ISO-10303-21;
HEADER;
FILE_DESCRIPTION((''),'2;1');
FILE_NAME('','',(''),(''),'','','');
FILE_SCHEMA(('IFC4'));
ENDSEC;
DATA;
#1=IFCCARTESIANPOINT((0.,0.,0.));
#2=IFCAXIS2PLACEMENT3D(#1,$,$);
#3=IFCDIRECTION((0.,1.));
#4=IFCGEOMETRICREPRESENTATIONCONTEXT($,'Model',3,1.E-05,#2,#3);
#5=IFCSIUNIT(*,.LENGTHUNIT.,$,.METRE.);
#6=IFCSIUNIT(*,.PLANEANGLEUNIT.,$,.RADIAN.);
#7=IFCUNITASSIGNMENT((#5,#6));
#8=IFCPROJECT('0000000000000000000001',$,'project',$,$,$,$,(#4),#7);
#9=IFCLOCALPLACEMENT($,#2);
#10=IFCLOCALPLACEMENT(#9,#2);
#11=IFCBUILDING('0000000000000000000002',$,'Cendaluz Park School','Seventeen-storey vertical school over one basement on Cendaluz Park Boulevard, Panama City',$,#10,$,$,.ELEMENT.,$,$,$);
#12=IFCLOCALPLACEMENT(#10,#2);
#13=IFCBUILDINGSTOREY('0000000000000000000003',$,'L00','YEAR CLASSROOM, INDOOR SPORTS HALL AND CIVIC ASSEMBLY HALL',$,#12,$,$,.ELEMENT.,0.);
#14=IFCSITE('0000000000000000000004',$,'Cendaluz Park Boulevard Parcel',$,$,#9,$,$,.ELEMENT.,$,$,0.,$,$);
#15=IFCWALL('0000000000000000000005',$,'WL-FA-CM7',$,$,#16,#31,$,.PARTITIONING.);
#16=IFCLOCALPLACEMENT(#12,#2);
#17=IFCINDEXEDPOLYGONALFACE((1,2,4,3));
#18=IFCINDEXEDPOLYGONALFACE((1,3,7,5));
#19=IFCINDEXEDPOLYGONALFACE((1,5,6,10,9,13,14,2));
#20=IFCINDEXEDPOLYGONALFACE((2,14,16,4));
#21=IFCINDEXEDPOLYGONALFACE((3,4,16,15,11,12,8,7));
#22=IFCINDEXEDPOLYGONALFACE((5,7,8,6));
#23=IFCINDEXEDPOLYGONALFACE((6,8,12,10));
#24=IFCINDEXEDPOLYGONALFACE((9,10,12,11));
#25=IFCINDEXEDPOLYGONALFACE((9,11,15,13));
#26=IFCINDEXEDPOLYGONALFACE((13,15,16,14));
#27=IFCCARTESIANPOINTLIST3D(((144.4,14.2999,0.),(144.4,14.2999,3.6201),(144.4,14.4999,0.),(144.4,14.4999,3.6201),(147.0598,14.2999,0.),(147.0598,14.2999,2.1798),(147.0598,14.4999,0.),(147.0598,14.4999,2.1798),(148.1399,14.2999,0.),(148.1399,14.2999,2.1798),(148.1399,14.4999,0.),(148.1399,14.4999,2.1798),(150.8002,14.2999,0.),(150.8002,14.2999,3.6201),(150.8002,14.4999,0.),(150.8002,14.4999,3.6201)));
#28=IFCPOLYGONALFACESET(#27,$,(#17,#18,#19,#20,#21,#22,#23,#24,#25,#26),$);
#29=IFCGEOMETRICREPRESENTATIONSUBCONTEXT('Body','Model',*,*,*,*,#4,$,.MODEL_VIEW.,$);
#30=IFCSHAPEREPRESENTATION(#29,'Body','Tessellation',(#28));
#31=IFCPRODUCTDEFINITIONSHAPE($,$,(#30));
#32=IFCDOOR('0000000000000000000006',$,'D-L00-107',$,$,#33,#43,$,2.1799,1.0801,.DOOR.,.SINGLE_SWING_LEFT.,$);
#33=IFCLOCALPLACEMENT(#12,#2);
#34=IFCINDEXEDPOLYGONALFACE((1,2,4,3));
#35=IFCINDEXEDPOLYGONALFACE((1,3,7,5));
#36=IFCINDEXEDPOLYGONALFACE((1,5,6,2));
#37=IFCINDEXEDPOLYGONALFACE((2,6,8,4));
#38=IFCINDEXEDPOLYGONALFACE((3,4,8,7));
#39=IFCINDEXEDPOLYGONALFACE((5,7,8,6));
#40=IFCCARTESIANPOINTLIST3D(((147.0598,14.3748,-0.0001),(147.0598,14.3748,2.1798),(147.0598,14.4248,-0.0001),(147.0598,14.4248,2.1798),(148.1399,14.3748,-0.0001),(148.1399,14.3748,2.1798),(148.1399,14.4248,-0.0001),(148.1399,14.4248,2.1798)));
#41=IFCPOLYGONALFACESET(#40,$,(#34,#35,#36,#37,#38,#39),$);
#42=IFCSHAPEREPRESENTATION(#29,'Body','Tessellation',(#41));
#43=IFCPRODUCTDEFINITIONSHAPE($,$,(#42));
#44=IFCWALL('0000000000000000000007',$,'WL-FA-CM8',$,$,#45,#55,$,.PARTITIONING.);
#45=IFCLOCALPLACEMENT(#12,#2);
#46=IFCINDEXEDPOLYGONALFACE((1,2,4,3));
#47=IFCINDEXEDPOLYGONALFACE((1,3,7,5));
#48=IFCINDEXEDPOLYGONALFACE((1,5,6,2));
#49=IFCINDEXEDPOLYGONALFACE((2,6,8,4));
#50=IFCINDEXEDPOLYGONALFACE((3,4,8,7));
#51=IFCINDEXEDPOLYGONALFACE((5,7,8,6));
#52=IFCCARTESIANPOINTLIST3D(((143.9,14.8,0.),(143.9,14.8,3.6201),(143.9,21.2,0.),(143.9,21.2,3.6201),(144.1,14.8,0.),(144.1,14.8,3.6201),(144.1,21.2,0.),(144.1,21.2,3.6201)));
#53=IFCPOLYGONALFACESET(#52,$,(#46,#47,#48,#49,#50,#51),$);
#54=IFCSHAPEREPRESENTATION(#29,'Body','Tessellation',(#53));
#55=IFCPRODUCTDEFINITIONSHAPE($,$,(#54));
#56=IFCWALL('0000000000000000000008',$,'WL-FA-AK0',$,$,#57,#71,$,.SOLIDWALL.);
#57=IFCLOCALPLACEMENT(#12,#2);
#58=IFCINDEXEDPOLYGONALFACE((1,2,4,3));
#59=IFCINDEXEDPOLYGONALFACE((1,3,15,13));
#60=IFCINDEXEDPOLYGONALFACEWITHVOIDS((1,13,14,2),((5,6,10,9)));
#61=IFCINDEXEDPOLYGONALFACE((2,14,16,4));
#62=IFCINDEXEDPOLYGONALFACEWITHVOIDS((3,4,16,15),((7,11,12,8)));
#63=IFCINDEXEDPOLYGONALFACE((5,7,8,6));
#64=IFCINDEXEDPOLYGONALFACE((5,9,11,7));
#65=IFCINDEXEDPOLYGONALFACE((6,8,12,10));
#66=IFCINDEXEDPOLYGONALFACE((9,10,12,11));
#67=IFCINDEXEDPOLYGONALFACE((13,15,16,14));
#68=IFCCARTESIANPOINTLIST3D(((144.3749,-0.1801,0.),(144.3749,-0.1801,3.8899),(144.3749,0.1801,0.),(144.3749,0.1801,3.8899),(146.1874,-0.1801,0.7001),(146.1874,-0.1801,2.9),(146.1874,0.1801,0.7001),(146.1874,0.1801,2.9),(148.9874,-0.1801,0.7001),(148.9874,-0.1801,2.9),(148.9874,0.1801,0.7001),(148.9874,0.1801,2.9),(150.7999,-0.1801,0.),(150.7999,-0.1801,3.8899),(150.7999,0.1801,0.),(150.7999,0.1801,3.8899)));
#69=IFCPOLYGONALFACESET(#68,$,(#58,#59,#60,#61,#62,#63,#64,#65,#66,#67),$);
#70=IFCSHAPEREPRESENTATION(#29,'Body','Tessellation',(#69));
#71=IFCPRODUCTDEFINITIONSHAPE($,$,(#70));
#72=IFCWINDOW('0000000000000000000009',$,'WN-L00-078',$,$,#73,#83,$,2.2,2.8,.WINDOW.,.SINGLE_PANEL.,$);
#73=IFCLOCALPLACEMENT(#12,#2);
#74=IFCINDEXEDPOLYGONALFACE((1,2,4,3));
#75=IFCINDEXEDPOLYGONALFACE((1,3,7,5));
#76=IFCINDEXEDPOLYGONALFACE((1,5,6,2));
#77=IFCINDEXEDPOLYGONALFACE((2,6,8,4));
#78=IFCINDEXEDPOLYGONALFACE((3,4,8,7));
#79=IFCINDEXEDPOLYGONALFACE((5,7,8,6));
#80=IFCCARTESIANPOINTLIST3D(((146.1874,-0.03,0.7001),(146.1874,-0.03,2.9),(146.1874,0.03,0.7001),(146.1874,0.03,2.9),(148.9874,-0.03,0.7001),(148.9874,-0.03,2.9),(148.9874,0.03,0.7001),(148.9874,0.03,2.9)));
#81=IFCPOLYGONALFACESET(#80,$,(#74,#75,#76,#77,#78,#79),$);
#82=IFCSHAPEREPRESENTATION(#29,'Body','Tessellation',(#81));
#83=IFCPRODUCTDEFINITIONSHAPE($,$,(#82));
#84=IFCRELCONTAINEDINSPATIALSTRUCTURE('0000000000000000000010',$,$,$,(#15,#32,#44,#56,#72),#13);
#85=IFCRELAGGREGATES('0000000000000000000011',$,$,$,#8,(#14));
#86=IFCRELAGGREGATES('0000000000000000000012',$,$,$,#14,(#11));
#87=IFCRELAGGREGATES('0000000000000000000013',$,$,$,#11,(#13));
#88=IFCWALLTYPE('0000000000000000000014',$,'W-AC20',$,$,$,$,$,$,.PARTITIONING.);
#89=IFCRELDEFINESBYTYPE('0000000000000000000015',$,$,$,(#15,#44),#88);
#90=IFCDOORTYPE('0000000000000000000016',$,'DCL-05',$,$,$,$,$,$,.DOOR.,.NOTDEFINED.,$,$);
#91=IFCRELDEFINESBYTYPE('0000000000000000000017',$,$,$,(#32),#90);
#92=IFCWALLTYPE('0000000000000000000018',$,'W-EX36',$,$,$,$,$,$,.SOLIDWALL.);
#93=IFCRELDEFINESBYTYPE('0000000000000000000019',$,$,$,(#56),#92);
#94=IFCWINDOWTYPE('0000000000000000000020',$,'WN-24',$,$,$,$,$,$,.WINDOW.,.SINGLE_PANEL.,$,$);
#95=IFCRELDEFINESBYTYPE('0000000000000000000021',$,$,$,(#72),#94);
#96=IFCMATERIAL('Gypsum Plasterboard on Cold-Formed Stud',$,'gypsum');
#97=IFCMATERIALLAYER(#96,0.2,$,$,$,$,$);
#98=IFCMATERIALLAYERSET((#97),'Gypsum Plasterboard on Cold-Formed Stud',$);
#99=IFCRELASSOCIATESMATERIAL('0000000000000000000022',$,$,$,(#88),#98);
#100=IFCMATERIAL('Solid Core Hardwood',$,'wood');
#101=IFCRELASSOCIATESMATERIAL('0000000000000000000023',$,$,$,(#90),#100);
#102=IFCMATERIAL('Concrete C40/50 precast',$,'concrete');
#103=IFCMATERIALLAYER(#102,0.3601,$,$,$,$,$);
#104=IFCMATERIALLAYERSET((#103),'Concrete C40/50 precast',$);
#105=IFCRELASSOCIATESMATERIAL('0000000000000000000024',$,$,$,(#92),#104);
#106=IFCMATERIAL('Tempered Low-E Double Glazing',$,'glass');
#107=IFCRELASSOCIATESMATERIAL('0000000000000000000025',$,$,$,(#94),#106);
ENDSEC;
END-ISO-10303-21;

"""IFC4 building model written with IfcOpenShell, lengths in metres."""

from ifc_helpers import new_model, si_unit, direction, frame, frame_2d, origin, place, context, subcontext, project, spatial, rectangle, extrude, material, layer, layer_set, type_object, element, fill, save


model = new_model("IFC4")

# Units and contexts
model_context = context("Model", 3, precision=1e-05, world=origin(), true_north=direction((0.0, 1.0)))
body_context = subcontext(model_context, "Body", "Model", "MODEL_VIEW")
ifc_project = project(units=[si_unit("LENGTHUNIT", "METRE"), si_unit("PLANEANGLEUNIT", "RADIAN")], contexts=[model_context])

# Site, building, storey
site_placement = place(None, origin())
site = spatial("IfcSite", under=ifc_project, at=site_placement, Name="Cendaluz Park Boulevard Parcel", CompositionType="ELEMENT", RefElevation=0.0)
building_placement = place(site_placement, origin())
building = spatial("IfcBuilding", under=site, at=building_placement, Name="Cendaluz Park School", Description="Seventeen-storey vertical school over one basement on Cendaluz Park Boulevard, Panama City", CompositionType="ELEMENT")
storey_placement = place(building_placement, origin())
storey = spatial("IfcBuildingStorey", under=building, at=storey_placement, Name="L00", Description="YEAR CLASSROOM, INDOOR SPORTS HALL AND CIVIC ASSEMBLY HALL", CompositionType="ELEMENT", Elevation=0.0)

# Shared definitions
ifc_material_1 = material(Name="Gypsum Plasterboard on Cold-Formed Stud", Category="gypsum")
ifc_layer_1 = layer(ifc_material_1, 0.2)
ifc_layer_set_1 = layer_set([ifc_layer_1], Name="Gypsum Plasterboard on Cold-Formed Stud")
wall_type_1 = type_object("IfcWallType", Name="W-AC20", PredefinedType="PARTITIONING", material=ifc_layer_set_1)

# Wall, opening, door
wall_1_placement = place(storey_placement, frame((144.3999, 14.3999, 0.0), z_axis=(0.0, 0.0, 1.0), x_axis=(1.0, 0.0, 0.0)))
wall_1 = element("IfcWall", 1, at=wall_1_placement, inside=storey, type_object=wall_type_1, Name="WL-FA-CM7", PredefinedType="PARTITIONING", context=body_context, shape_type="SweptSolid", body=[
    extrude(rectangle(XDim=6.4001, YDim=0.2, at=frame_2d((3.2002, 0.0))), origin(), (0.0, 0.0, 1.0), 3.6201),
])
opening_1_placement = place(wall_1_placement, frame((2.6599, 0.0, 0.0)))
opening_1 = element("IfcOpeningElement", 2, at=opening_1_placement, cuts=wall_1, PredefinedType="OPENING", context=body_context, shape_type="SweptSolid", body=[
    extrude(rectangle(XDim=1.0801, YDim=2.1799, at=frame_2d((0.54, 1.0898))), frame((0.0, 0.1121, 0.0), z_axis=(0.0, -1.0, 0.0), x_axis=(1.0, 0.0, 0.0)), (0.0, 0.0, 1.0), 0.2239),
])
ifc_material_2 = material(Name="Solid Core Hardwood", Category="wood")
door_type = type_object("IfcDoorType", Name="DCL-05", OperationType="NOTDEFINED", PredefinedType="DOOR", material=ifc_material_2)
door_placement = place(opening_1_placement, origin())
door = element("IfcDoor", 3, at=door_placement, inside=storey, type_object=door_type, Name="D-L00-107", OperationType="SINGLE_SWING_LEFT", OverallHeight=2.1799, OverallWidth=1.0801, PredefinedType="DOOR", context=body_context, shape_type="SweptSolid", body=[
    extrude(rectangle(XDim=1.0801, YDim=2.1799, at=frame_2d((0.54, 1.0898))), frame((0.0, 0.0249, 0.0), z_axis=(0.0, -1.0, 0.0), x_axis=(1.0, 0.0, 0.0)), (0.0, 0.0, 1.0), 0.05),
])
fill(opening_1, door)

# Wall
wall_2_placement = place(storey_placement, frame((144.0, 14.8, 0.0), z_axis=(0.0, 0.0, 1.0), x_axis=(0.0, 1.0, 0.0)))
element("IfcWall", 4, at=wall_2_placement, inside=storey, type_object=wall_type_1, Name="WL-FA-CM8", PredefinedType="PARTITIONING", context=body_context, shape_type="SweptSolid", body=[
    extrude(rectangle(XDim=6.3999, YDim=0.2, at=frame_2d((3.2, 0.0))), origin(), (0.0, 0.0, 1.0), 3.6201),
])

# Wall, opening, window
ifc_material_3 = material(Name="Concrete C40/50 precast", Category="concrete")
ifc_layer_2 = layer(ifc_material_3, 0.3601)
ifc_layer_set_2 = layer_set([ifc_layer_2], Name="Concrete C40/50 precast")
wall_type_2 = type_object("IfcWallType", Name="W-EX36", PredefinedType="SOLIDWALL", material=ifc_layer_set_2)
wall_3_placement = place(storey_placement, frame((144.375, 0.0, 0.0), z_axis=(0.0, 0.0, 1.0), x_axis=(1.0, 0.0, 0.0)))
wall_3 = element("IfcWall", 5, at=wall_3_placement, inside=storey, type_object=wall_type_2, Name="WL-FA-AK0", PredefinedType="SOLIDWALL", context=body_context, shape_type="SweptSolid", body=[
    extrude(rectangle(XDim=6.425, YDim=0.3601, at=frame_2d((3.2124, 0.0))), origin(), (0.0, 0.0, 1.0), 3.8899),
])
opening_2_placement = place(wall_3_placement, frame((1.8125, 0.0, 0.7)))
opening_2 = element("IfcOpeningElement", 6, at=opening_2_placement, cuts=wall_3, PredefinedType="OPENING", context=body_context, shape_type="SweptSolid", body=[
    extrude(rectangle(XDim=2.8, YDim=2.2, at=frame_2d((1.3999, 1.1001))), frame((0.0, 0.1921, 0.0), z_axis=(0.0, -1.0, 0.0), x_axis=(1.0, 0.0, 0.0)), (0.0, 0.0, 1.0), 0.384),
])
ifc_material_4 = material(Name="Tempered Low-E Double Glazing", Category="glass")
window_type = type_object("IfcWindowType", Name="WN-24", PartitioningType="SINGLE_PANEL", PredefinedType="WINDOW", material=ifc_material_4)
window_placement = place(opening_2_placement, origin())
window = element("IfcWindow", 7, at=window_placement, inside=storey, type_object=window_type, Name="WN-L00-078", OverallHeight=2.2, OverallWidth=2.8, PartitioningType="SINGLE_PANEL", PredefinedType="WINDOW", context=body_context, shape_type="SweptSolid", body=[
    extrude(rectangle(XDim=2.8, YDim=2.2, at=frame_2d((1.3999, 1.1001))), frame((0.0, 0.03, 0.0), z_axis=(0.0, -1.0, 0.0), x_axis=(1.0, 0.0, 0.0)), (0.0, 0.0, 1.0), 0.0601),
])
fill(opening_2, window)

save(model, "model.ifc")
